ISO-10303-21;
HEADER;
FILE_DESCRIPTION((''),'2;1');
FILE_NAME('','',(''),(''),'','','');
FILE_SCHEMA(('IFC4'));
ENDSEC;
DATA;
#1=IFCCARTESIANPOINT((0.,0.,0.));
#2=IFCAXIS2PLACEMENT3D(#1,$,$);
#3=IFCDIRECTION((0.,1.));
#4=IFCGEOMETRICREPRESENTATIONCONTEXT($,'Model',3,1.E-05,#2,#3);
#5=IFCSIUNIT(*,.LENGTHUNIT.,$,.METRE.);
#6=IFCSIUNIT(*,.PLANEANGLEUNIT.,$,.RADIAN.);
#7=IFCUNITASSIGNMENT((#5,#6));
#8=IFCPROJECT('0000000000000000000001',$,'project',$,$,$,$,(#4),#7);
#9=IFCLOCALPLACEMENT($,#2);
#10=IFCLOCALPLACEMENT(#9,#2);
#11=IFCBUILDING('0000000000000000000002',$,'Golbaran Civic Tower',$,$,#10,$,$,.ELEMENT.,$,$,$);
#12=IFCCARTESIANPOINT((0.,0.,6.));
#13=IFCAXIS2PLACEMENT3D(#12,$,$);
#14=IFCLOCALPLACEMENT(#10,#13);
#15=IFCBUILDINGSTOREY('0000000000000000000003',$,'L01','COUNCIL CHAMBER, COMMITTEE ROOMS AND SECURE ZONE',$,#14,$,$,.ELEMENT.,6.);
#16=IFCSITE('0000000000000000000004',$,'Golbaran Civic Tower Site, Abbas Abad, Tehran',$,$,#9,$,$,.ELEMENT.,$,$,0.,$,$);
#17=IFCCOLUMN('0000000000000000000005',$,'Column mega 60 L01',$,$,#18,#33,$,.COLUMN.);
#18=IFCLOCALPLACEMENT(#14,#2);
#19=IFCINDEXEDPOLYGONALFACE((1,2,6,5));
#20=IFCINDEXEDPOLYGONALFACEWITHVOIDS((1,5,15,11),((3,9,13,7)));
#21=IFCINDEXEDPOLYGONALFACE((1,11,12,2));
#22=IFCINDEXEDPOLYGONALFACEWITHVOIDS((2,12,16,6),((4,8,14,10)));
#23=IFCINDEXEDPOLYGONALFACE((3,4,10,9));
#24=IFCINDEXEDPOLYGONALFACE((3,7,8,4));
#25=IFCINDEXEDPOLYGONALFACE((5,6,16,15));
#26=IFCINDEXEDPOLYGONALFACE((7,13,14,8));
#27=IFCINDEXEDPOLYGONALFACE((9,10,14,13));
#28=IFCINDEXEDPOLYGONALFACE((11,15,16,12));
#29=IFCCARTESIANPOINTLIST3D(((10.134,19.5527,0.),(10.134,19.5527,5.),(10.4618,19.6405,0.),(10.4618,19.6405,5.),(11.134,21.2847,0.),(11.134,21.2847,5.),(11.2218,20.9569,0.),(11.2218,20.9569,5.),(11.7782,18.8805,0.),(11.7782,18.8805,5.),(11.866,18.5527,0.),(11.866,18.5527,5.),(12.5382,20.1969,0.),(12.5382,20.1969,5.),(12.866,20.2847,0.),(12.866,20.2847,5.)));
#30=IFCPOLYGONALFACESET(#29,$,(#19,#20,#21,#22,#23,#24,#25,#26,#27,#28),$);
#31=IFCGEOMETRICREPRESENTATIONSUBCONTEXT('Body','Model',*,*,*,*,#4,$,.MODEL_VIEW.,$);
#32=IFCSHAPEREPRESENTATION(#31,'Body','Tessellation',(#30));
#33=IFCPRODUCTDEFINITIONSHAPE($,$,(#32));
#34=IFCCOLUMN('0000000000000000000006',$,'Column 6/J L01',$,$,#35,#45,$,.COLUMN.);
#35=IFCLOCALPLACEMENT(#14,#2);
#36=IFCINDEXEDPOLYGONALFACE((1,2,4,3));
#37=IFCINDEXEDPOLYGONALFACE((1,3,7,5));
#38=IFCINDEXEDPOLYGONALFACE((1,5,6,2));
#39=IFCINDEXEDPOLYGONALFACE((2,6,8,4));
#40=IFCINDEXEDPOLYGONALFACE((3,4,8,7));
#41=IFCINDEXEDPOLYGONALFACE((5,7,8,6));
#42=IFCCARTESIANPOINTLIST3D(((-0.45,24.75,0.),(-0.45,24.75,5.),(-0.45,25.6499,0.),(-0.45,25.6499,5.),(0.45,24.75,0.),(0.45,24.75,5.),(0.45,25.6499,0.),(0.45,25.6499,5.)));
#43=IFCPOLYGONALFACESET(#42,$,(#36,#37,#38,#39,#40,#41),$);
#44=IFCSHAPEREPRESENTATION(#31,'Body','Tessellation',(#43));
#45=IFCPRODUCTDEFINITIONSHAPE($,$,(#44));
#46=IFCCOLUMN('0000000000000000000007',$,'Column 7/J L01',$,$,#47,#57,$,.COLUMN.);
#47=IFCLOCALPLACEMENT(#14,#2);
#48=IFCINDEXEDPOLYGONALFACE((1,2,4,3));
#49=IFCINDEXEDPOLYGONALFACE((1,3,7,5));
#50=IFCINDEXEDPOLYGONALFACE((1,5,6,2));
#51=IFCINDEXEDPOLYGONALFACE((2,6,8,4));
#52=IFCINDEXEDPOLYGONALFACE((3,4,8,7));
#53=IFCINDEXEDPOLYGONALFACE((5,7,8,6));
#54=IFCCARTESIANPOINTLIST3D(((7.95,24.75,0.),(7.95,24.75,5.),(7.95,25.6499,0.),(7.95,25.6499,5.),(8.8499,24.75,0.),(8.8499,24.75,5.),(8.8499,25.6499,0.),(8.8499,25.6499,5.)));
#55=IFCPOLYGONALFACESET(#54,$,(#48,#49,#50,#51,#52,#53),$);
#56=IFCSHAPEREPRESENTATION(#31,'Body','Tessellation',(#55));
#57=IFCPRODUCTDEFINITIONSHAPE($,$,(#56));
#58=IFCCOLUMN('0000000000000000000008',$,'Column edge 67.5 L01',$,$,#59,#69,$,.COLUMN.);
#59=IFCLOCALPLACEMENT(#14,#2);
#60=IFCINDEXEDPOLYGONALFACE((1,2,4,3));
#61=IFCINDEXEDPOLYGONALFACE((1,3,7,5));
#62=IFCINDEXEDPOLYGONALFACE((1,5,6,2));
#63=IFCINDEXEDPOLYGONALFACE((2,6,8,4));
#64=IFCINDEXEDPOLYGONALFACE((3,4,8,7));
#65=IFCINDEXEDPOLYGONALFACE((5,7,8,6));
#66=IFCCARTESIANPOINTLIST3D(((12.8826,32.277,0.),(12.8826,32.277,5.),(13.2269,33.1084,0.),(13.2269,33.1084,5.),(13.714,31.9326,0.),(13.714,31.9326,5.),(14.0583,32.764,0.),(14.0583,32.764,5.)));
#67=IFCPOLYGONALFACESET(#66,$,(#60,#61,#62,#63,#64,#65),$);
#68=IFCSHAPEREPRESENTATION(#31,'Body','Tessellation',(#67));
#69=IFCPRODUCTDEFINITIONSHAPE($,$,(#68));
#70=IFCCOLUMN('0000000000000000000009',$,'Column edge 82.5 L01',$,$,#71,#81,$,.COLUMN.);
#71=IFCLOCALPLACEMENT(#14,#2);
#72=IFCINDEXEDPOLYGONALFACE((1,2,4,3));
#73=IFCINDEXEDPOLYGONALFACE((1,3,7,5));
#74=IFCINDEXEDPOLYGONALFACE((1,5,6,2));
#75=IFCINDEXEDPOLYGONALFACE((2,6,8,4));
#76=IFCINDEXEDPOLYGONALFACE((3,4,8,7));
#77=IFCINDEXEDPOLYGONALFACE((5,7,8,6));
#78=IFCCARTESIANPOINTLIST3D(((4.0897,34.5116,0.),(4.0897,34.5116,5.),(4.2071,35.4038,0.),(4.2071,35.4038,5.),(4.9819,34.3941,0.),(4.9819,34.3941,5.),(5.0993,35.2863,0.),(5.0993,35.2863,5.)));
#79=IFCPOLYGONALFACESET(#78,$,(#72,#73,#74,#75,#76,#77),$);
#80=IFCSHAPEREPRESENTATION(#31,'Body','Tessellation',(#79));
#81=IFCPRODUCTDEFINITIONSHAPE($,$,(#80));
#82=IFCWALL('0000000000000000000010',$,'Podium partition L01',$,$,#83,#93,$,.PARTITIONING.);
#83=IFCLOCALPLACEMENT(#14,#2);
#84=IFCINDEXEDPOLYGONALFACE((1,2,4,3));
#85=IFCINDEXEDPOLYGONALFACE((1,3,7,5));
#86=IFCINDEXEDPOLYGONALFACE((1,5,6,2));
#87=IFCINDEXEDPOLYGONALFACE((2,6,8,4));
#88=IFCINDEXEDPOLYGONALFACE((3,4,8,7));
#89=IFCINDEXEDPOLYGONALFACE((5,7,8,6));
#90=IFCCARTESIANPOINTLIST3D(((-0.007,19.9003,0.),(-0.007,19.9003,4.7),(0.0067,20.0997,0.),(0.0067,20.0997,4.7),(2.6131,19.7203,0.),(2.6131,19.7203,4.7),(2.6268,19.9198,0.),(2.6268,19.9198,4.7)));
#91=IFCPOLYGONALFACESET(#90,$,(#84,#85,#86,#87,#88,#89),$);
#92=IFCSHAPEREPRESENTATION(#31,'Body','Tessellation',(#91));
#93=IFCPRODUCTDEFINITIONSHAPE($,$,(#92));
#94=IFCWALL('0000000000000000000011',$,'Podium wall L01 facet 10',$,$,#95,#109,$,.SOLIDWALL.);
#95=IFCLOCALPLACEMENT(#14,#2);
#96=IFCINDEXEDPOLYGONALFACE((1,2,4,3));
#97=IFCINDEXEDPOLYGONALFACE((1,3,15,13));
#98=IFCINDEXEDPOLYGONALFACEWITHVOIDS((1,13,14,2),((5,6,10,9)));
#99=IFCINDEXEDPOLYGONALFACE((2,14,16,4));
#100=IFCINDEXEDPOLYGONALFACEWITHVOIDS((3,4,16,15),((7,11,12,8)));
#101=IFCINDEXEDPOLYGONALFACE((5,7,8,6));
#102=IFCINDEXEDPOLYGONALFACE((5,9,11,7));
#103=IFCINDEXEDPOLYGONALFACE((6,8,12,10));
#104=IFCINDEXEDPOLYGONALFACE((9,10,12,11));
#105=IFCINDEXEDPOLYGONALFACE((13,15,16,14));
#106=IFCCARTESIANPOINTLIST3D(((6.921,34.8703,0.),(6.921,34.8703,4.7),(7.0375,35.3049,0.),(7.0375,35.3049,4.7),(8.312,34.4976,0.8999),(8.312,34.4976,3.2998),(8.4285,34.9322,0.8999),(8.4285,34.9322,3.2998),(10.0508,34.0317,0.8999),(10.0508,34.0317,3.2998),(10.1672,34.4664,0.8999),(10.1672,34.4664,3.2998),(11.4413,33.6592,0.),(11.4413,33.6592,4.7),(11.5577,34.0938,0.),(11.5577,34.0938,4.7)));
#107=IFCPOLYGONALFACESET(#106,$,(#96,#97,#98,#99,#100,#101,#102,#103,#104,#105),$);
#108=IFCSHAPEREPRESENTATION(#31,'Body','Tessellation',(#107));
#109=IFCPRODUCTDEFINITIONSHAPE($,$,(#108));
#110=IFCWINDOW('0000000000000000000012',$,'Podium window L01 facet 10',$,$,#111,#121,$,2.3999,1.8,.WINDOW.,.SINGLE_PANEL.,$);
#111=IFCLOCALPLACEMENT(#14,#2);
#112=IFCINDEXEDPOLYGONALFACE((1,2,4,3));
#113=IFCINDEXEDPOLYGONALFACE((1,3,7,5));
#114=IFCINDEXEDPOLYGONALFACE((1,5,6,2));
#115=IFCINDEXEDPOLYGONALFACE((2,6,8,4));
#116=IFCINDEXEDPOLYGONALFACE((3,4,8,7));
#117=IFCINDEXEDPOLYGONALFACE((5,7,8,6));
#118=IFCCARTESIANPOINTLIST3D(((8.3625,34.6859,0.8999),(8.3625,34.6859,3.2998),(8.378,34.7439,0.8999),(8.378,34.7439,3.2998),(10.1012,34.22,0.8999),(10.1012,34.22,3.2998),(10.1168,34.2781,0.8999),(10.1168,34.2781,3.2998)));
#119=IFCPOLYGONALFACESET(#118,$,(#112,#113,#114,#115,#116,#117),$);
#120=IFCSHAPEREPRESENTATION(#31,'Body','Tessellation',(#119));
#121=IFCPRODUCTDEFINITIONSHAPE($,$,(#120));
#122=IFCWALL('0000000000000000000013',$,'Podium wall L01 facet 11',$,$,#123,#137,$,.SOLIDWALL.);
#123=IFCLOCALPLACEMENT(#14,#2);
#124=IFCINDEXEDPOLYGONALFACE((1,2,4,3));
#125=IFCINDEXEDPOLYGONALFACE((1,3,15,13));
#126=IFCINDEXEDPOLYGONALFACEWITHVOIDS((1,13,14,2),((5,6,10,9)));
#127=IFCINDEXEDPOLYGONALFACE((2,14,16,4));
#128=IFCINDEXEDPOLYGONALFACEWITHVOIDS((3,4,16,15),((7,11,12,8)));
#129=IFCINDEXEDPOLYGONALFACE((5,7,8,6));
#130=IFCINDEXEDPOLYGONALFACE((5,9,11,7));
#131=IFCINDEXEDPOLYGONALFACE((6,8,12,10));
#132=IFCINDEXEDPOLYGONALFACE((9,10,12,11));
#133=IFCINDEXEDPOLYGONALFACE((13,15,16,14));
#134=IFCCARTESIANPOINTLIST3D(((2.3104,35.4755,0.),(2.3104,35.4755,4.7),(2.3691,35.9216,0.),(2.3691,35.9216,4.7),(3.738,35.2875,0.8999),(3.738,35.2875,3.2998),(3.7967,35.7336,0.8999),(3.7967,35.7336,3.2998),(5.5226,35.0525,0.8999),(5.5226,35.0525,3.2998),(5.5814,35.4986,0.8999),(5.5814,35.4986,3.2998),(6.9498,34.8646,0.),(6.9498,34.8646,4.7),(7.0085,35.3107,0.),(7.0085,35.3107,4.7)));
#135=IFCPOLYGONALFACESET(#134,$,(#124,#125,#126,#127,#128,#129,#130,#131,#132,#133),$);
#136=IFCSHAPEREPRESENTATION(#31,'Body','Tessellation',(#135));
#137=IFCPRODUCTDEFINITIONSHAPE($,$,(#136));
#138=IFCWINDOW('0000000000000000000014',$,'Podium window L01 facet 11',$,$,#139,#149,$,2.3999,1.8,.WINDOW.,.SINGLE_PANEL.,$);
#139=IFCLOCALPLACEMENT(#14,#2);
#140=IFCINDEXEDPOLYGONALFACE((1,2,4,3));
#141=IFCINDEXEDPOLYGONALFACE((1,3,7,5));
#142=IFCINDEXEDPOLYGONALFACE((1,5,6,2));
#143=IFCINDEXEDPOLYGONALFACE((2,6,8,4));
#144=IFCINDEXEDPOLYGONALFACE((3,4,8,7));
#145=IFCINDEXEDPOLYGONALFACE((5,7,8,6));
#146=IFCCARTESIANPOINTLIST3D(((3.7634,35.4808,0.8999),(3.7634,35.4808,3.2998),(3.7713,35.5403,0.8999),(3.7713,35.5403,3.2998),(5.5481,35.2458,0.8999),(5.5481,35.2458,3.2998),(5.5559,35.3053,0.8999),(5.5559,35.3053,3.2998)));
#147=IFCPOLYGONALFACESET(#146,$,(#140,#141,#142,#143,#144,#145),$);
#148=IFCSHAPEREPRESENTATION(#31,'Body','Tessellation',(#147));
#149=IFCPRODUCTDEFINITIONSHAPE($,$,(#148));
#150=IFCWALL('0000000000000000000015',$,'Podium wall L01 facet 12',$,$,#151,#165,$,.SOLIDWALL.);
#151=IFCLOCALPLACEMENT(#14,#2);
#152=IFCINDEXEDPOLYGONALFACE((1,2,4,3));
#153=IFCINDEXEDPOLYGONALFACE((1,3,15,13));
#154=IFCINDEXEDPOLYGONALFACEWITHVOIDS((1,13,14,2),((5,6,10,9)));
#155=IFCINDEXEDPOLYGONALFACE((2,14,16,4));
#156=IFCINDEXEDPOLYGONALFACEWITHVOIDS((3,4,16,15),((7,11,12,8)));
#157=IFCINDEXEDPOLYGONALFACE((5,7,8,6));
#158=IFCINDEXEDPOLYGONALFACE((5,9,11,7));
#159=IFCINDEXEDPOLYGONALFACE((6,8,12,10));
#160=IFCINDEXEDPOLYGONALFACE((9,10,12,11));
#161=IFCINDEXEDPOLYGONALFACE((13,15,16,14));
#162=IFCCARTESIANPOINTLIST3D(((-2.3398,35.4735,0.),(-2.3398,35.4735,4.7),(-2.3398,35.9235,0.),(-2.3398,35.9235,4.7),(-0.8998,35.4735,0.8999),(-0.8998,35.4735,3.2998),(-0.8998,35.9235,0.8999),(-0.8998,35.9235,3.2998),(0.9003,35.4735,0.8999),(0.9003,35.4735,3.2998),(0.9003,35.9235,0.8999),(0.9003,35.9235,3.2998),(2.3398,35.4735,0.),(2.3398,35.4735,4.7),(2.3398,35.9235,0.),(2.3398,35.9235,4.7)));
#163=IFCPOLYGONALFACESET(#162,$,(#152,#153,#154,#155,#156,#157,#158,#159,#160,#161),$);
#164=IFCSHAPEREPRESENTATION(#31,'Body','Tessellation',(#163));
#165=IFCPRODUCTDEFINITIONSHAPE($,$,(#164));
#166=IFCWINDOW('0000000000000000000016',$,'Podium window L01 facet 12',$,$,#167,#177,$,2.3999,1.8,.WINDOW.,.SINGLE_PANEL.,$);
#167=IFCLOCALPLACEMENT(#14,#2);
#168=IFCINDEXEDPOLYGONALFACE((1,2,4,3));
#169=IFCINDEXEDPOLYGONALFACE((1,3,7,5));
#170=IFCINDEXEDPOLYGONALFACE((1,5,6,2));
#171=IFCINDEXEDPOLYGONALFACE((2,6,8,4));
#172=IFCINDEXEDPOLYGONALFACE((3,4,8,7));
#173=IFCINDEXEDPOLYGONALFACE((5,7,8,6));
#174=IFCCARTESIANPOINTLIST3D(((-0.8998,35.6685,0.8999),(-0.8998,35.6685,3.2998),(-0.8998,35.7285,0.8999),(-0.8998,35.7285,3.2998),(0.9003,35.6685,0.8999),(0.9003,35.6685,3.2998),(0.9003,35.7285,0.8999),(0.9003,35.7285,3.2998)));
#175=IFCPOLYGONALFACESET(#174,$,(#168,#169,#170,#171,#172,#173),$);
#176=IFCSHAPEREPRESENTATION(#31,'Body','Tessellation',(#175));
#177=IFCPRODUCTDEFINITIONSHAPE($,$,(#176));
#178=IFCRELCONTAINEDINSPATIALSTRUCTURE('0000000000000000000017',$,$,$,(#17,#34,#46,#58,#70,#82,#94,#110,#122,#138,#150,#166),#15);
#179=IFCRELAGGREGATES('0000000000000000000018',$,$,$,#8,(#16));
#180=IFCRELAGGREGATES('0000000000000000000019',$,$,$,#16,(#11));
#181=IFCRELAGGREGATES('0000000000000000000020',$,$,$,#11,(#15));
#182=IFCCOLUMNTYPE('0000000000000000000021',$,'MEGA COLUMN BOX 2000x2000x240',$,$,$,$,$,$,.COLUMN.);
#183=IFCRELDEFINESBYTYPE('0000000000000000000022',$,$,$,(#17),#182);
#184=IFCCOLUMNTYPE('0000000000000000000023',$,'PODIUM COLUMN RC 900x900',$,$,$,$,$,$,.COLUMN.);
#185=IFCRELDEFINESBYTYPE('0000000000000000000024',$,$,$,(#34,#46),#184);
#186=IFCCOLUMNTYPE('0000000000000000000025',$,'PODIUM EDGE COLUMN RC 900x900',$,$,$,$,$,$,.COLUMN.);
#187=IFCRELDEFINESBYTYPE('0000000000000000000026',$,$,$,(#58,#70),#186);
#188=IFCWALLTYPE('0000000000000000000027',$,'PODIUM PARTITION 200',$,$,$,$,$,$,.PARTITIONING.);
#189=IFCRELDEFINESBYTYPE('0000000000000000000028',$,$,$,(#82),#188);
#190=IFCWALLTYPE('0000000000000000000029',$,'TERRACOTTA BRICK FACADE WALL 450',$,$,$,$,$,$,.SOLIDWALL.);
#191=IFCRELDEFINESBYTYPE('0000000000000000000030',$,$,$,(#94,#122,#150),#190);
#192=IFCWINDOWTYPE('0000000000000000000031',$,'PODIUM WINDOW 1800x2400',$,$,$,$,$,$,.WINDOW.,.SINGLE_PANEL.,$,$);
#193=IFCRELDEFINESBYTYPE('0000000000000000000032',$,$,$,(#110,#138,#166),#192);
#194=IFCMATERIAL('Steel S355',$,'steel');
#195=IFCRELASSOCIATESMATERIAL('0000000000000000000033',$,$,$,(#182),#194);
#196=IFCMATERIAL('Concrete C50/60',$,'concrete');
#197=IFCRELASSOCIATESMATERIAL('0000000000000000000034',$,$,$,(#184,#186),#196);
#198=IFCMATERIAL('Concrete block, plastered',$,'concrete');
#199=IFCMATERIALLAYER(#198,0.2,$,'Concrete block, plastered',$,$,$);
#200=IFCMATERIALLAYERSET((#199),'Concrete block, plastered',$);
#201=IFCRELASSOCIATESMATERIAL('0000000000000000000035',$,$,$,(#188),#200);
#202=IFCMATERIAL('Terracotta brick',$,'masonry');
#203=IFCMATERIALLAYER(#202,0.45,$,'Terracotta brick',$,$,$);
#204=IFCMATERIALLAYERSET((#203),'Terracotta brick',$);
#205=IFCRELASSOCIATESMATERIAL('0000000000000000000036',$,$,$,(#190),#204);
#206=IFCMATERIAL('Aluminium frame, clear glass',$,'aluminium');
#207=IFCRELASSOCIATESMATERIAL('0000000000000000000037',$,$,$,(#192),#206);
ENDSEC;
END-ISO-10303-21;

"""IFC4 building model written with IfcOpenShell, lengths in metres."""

from ifc_helpers import new_model, si_unit, direction, frame, frame_2d, origin, origin_2d, place, context, subcontext, project, spatial, rectangle, hollow_rectangle, extrude, material, layer, layer_set, material_profile, profile_set, type_object, element, fill, save


model = new_model("IFC4")

# Units and contexts
model_context = context("Model", 3, precision=1e-05, world=origin(), true_north=direction((0.0, 1.0)))
body_context = subcontext(model_context, "Body", "Model", "MODEL_VIEW")
ifc_project = project(units=[si_unit("LENGTHUNIT", "METRE"), si_unit("PLANEANGLEUNIT", "RADIAN")], contexts=[model_context])

# Site, building, storey
site_placement = place(None, origin())
site = spatial("IfcSite", under=ifc_project, at=site_placement, Name="Golbaran Civic Tower Site, Abbas Abad, Tehran", CompositionType="ELEMENT", RefElevation=0.0)
building_placement = place(site_placement, origin())
building = spatial("IfcBuilding", under=site, at=building_placement, Name="Golbaran Civic Tower", CompositionType="ELEMENT")
storey_placement = place(building_placement, frame((0.0, 0.0, 6.0)))
storey = spatial("IfcBuildingStorey", under=building, at=storey_placement, Name="L01", Description="COUNCIL CHAMBER, COMMITTEE ROOMS AND SECURE ZONE", CompositionType="ELEMENT", Elevation=6.0)

# Columns
ifc_material_1 = material(Name="Steel S355", Category="steel")
ifc_material_profile_1 = material_profile(ifc_material_1, hollow_rectangle(XDim=2.0, YDim=2.0, WallThickness=0.24, at=origin_2d()), Name="BOX 2000x2000x240")
ifc_profile_set_1 = profile_set([ifc_material_profile_1], Name="Steel S355")
column_type_1 = type_object("IfcColumnType", Name="MEGA COLUMN BOX 2000x2000x240", PredefinedType="COLUMN", material=ifc_profile_set_1)
column_placement = place(storey_placement, frame((11.5, 19.9187, 0.0), z_axis=(0.0, 0.0, 1.0), x_axis=(0.5, 0.866025, 0.0)))
element("IfcColumn", 1, at=column_placement, inside=storey, type_object=column_type_1, Name="Column mega 60 L01", PredefinedType="COLUMN", context=body_context, shape_type="SweptSolid", body=[
    extrude(hollow_rectangle(XDim=2.0, YDim=2.0, WallThickness=0.24, at=origin_2d()), origin(), (0.0, 0.0, 1.0), 5.0),
])
ifc_material_2 = material(Name="Concrete C50/60", Category="concrete")
ifc_material_profile_2 = material_profile(ifc_material_2, rectangle(XDim=0.8999, YDim=0.8999, at=origin_2d()), Name="RC 900x900")
ifc_profile_set_2 = profile_set([ifc_material_profile_2], Name="Concrete C50/60")
column_type_2 = type_object("IfcColumnType", Name="PODIUM COLUMN RC 900x900", PredefinedType="COLUMN", material=ifc_profile_set_2)
for number, where, z_axis, x_axis, name in (
    (2, (0.0, 25.2, 0.0), (0.0, 0.0, 1.0), (1.0, 0.0, 0.0), "Column 6/J L01"),
    (3, (8.3999, 25.2, 0.0), (0.0, 0.0, 1.0), (1.0, 0.0, 0.0), "Column 7/J L01"),
):
    element("IfcColumn", number, at=place(storey_placement, frame(where, z_axis=z_axis, x_axis=x_axis)), inside=storey, type_object=column_type_2, Name=name, PredefinedType="COLUMN", context=body_context, shape_type="SweptSolid", body=[
        extrude(rectangle(XDim=0.8999, YDim=0.8999, at=origin_2d()), origin(), (0.0, 0.0, 1.0), 5.0),
    ])
ifc_material_profile_3 = material_profile(ifc_material_2, rectangle(XDim=0.8999, YDim=0.8999, at=origin_2d()), Name="RC 900x900")
ifc_profile_set_3 = profile_set([ifc_material_profile_3], Name="Concrete C50/60")
column_type_3 = type_object("IfcColumnType", Name="PODIUM EDGE COLUMN RC 900x900", PredefinedType="COLUMN", material=ifc_profile_set_3)
for number, where, z_axis, x_axis, name in (
    (4, (13.4705, 32.5205, 0.0), (0.0, 0.0, 1.0), (0.382683, 0.92388, 0.0), "Column edge 67.5 L01"),
    (5, (4.5945, 34.8989, 0.0), (0.0, 0.0, 1.0), (0.130526, 0.991445, 0.0), "Column edge 82.5 L01"),
):
    element("IfcColumn", number, at=place(storey_placement, frame(where, z_axis=z_axis, x_axis=x_axis)), inside=storey, type_object=column_type_3, Name=name, PredefinedType="COLUMN", context=body_context, shape_type="SweptSolid", body=[
        extrude(rectangle(XDim=0.8999, YDim=0.8999, at=origin_2d()), origin(), (0.0, 0.0, 1.0), 5.0),
    ])

# Wall
ifc_material_3 = material(Name="Concrete block, plastered", Category="concrete")
ifc_layer_1 = layer(ifc_material_3, 0.2, Name="Concrete block, plastered")
ifc_layer_set_1 = layer_set([ifc_layer_1], Name="Concrete block, plastered")
wall_type_1 = type_object("IfcWallType", Name="PODIUM PARTITION 200", PredefinedType="PARTITIONING", material=ifc_layer_set_1)
wall_1_placement = place(storey_placement, frame((0.0, 20.0, 0.0), z_axis=(0.0, 0.0, 1.0), x_axis=(0.99765, -0.068512, 0.0)))
element("IfcWall", 6, at=wall_1_placement, inside=storey, type_object=wall_type_1, Name="Podium partition L01", PredefinedType="PARTITIONING", context=body_context, shape_type="SweptSolid", body=[
    extrude(rectangle(XDim=2.6262, YDim=0.2, at=frame_2d((1.313, 0.0))), origin(), (0.0, 0.0, 1.0), 4.7),
])

# Walls, openings, windows
ifc_material_4 = material(Name="Terracotta brick", Category="masonry")
ifc_layer_2 = layer(ifc_material_4, 0.45, Name="Terracotta brick")
ifc_layer_set_2 = layer_set([ifc_layer_2], Name="Terracotta brick")
wall_type_2 = type_object("IfcWallType", Name="TERRACOTTA BRICK FACADE WALL 450", PredefinedType="SOLIDWALL", material=ifc_layer_set_2)
wall_2_placement = place(storey_placement, frame((11.4995, 33.8765, 0.0), z_axis=(0.0, 0.0, 1.0), x_axis=(-0.965927, 0.258815, 0.0)))
wall_2 = element("IfcWall", 7, at=wall_2_placement, inside=storey, type_object=wall_type_2, Name="Podium wall L01 facet 10", PredefinedType="SOLIDWALL", context=body_context, shape_type="SweptSolid", body=[
    extrude(rectangle(XDim=4.6797, YDim=0.45, at=frame_2d((2.3398, 0.0))), origin(), (0.0, 0.0, 1.0), 4.7),
])
opening_1_placement = place(wall_2_placement, frame((1.4397, 0.0, 0.8999)))
opening_1 = element("IfcOpeningElement", 8, at=opening_1_placement, cuts=wall_2, PredefinedType="OPENING", context=body_context, shape_type="SweptSolid", body=[
    extrude(rectangle(XDim=1.8, YDim=2.3999, at=frame_2d((0.8999, 1.2))), frame((0.0, 0.2349, 0.0), z_axis=(0.0, -1.0, 0.0), x_axis=(1.0, 0.0, 0.0)), (0.0, 0.0, 1.0), 0.47),
])
ifc_material_5 = material(Name="Aluminium frame, clear glass", Category="aluminium")
window_type = type_object("IfcWindowType", Name="PODIUM WINDOW 1800x2400", PartitioningType="SINGLE_PANEL", PredefinedType="WINDOW", material=ifc_material_5)
window_1_placement = place(opening_1_placement, origin())
window_1 = element("IfcWindow", 9, at=window_1_placement, inside=storey, type_object=window_type, Name="Podium window L01 facet 10", OverallHeight=2.3999, OverallWidth=1.8, PartitioningType="SINGLE_PANEL", PredefinedType="WINDOW", context=body_context, shape_type="SweptSolid", body=[
    extrude(rectangle(XDim=1.8, YDim=2.3999, at=frame_2d((0.8999, 1.2))), frame((0.0, 0.03, 0.0), z_axis=(0.0, -1.0, 0.0), x_axis=(1.0, 0.0, 0.0)), (0.0, 0.0, 1.0), 0.0601),
])
fill(opening_1, window_1)
wall_3_placement = place(storey_placement, frame((6.9792, 35.0876, 0.0), z_axis=(0.0, 0.0, 1.0), x_axis=(-0.991443, 0.130537, 0.0)))
wall_3 = element("IfcWall", 10, at=wall_3_placement, inside=storey, type_object=wall_type_2, Name="Podium wall L01 facet 11", PredefinedType="SOLIDWALL", context=body_context, shape_type="SweptSolid", body=[
    extrude(rectangle(XDim=4.6794, YDim=0.45, at=frame_2d((2.3398, 0.0))), origin(), (0.0, 0.0, 1.0), 4.7),
])
opening_2_placement = place(wall_3_placement, frame((1.4397, 0.0, 0.8999)))
opening_2 = element("IfcOpeningElement", 11, at=opening_2_placement, cuts=wall_3, PredefinedType="OPENING", context=body_context, shape_type="SweptSolid", body=[
    extrude(rectangle(XDim=1.8, YDim=2.3999, at=frame_2d((0.8999, 1.2))), frame((0.0, 0.2349, 0.0), z_axis=(0.0, -1.0, 0.0), x_axis=(1.0, 0.0, 0.0)), (0.0, 0.0, 1.0), 0.47),
])
window_2_placement = place(opening_2_placement, origin())
window_2 = element("IfcWindow", 12, at=window_2_placement, inside=storey, type_object=window_type, Name="Podium window L01 facet 11", OverallHeight=2.3999, OverallWidth=1.8, PartitioningType="SINGLE_PANEL", PredefinedType="WINDOW", context=body_context, shape_type="SweptSolid", body=[
    extrude(rectangle(XDim=1.8, YDim=2.3999, at=frame_2d((0.8999, 1.2))), frame((0.0, 0.03, 0.0), z_axis=(0.0, -1.0, 0.0), x_axis=(1.0, 0.0, 0.0)), (0.0, 0.0, 1.0), 0.0601),
])
fill(opening_2, window_2)
wall_4_placement = place(storey_placement, frame((2.3398, 35.6985, 0.0), z_axis=(0.0, 0.0, 1.0), x_axis=(-1.0, 0.0, 0.0)))
wall_4 = element("IfcWall", 13, at=wall_4_placement, inside=storey, type_object=wall_type_2, Name="Podium wall L01 facet 12", PredefinedType="SOLIDWALL", context=body_context, shape_type="SweptSolid", body=[
    extrude(rectangle(XDim=4.6797, YDim=0.45, at=frame_2d((2.3398, 0.0))), origin(), (0.0, 0.0, 1.0), 4.7),
])
opening_3_placement = place(wall_4_placement, frame((1.4397, 0.0, 0.8999)))
opening_3 = element("IfcOpeningElement", 14, at=opening_3_placement, cuts=wall_4, PredefinedType="OPENING", context=body_context, shape_type="SweptSolid", body=[
    extrude(rectangle(XDim=1.8, YDim=2.3999, at=frame_2d((0.8999, 1.2))), frame((0.0, 0.2349, 0.0), z_axis=(0.0, -1.0, 0.0), x_axis=(1.0, 0.0, 0.0)), (0.0, 0.0, 1.0), 0.47),
])
window_3_placement = place(opening_3_placement, origin())
window_3 = element("IfcWindow", 15, at=window_3_placement, inside=storey, type_object=window_type, Name="Podium window L01 facet 12", OverallHeight=2.3999, OverallWidth=1.8, PartitioningType="SINGLE_PANEL", PredefinedType="WINDOW", context=body_context, shape_type="SweptSolid", body=[
    extrude(rectangle(XDim=1.8, YDim=2.3999, at=frame_2d((0.8999, 1.2))), frame((0.0, 0.03, 0.0), z_axis=(0.0, -1.0, 0.0), x_axis=(1.0, 0.0, 0.0)), (0.0, 0.0, 1.0), 0.0601),
])
fill(opening_3, window_3)

save(model, "model.ifc")
